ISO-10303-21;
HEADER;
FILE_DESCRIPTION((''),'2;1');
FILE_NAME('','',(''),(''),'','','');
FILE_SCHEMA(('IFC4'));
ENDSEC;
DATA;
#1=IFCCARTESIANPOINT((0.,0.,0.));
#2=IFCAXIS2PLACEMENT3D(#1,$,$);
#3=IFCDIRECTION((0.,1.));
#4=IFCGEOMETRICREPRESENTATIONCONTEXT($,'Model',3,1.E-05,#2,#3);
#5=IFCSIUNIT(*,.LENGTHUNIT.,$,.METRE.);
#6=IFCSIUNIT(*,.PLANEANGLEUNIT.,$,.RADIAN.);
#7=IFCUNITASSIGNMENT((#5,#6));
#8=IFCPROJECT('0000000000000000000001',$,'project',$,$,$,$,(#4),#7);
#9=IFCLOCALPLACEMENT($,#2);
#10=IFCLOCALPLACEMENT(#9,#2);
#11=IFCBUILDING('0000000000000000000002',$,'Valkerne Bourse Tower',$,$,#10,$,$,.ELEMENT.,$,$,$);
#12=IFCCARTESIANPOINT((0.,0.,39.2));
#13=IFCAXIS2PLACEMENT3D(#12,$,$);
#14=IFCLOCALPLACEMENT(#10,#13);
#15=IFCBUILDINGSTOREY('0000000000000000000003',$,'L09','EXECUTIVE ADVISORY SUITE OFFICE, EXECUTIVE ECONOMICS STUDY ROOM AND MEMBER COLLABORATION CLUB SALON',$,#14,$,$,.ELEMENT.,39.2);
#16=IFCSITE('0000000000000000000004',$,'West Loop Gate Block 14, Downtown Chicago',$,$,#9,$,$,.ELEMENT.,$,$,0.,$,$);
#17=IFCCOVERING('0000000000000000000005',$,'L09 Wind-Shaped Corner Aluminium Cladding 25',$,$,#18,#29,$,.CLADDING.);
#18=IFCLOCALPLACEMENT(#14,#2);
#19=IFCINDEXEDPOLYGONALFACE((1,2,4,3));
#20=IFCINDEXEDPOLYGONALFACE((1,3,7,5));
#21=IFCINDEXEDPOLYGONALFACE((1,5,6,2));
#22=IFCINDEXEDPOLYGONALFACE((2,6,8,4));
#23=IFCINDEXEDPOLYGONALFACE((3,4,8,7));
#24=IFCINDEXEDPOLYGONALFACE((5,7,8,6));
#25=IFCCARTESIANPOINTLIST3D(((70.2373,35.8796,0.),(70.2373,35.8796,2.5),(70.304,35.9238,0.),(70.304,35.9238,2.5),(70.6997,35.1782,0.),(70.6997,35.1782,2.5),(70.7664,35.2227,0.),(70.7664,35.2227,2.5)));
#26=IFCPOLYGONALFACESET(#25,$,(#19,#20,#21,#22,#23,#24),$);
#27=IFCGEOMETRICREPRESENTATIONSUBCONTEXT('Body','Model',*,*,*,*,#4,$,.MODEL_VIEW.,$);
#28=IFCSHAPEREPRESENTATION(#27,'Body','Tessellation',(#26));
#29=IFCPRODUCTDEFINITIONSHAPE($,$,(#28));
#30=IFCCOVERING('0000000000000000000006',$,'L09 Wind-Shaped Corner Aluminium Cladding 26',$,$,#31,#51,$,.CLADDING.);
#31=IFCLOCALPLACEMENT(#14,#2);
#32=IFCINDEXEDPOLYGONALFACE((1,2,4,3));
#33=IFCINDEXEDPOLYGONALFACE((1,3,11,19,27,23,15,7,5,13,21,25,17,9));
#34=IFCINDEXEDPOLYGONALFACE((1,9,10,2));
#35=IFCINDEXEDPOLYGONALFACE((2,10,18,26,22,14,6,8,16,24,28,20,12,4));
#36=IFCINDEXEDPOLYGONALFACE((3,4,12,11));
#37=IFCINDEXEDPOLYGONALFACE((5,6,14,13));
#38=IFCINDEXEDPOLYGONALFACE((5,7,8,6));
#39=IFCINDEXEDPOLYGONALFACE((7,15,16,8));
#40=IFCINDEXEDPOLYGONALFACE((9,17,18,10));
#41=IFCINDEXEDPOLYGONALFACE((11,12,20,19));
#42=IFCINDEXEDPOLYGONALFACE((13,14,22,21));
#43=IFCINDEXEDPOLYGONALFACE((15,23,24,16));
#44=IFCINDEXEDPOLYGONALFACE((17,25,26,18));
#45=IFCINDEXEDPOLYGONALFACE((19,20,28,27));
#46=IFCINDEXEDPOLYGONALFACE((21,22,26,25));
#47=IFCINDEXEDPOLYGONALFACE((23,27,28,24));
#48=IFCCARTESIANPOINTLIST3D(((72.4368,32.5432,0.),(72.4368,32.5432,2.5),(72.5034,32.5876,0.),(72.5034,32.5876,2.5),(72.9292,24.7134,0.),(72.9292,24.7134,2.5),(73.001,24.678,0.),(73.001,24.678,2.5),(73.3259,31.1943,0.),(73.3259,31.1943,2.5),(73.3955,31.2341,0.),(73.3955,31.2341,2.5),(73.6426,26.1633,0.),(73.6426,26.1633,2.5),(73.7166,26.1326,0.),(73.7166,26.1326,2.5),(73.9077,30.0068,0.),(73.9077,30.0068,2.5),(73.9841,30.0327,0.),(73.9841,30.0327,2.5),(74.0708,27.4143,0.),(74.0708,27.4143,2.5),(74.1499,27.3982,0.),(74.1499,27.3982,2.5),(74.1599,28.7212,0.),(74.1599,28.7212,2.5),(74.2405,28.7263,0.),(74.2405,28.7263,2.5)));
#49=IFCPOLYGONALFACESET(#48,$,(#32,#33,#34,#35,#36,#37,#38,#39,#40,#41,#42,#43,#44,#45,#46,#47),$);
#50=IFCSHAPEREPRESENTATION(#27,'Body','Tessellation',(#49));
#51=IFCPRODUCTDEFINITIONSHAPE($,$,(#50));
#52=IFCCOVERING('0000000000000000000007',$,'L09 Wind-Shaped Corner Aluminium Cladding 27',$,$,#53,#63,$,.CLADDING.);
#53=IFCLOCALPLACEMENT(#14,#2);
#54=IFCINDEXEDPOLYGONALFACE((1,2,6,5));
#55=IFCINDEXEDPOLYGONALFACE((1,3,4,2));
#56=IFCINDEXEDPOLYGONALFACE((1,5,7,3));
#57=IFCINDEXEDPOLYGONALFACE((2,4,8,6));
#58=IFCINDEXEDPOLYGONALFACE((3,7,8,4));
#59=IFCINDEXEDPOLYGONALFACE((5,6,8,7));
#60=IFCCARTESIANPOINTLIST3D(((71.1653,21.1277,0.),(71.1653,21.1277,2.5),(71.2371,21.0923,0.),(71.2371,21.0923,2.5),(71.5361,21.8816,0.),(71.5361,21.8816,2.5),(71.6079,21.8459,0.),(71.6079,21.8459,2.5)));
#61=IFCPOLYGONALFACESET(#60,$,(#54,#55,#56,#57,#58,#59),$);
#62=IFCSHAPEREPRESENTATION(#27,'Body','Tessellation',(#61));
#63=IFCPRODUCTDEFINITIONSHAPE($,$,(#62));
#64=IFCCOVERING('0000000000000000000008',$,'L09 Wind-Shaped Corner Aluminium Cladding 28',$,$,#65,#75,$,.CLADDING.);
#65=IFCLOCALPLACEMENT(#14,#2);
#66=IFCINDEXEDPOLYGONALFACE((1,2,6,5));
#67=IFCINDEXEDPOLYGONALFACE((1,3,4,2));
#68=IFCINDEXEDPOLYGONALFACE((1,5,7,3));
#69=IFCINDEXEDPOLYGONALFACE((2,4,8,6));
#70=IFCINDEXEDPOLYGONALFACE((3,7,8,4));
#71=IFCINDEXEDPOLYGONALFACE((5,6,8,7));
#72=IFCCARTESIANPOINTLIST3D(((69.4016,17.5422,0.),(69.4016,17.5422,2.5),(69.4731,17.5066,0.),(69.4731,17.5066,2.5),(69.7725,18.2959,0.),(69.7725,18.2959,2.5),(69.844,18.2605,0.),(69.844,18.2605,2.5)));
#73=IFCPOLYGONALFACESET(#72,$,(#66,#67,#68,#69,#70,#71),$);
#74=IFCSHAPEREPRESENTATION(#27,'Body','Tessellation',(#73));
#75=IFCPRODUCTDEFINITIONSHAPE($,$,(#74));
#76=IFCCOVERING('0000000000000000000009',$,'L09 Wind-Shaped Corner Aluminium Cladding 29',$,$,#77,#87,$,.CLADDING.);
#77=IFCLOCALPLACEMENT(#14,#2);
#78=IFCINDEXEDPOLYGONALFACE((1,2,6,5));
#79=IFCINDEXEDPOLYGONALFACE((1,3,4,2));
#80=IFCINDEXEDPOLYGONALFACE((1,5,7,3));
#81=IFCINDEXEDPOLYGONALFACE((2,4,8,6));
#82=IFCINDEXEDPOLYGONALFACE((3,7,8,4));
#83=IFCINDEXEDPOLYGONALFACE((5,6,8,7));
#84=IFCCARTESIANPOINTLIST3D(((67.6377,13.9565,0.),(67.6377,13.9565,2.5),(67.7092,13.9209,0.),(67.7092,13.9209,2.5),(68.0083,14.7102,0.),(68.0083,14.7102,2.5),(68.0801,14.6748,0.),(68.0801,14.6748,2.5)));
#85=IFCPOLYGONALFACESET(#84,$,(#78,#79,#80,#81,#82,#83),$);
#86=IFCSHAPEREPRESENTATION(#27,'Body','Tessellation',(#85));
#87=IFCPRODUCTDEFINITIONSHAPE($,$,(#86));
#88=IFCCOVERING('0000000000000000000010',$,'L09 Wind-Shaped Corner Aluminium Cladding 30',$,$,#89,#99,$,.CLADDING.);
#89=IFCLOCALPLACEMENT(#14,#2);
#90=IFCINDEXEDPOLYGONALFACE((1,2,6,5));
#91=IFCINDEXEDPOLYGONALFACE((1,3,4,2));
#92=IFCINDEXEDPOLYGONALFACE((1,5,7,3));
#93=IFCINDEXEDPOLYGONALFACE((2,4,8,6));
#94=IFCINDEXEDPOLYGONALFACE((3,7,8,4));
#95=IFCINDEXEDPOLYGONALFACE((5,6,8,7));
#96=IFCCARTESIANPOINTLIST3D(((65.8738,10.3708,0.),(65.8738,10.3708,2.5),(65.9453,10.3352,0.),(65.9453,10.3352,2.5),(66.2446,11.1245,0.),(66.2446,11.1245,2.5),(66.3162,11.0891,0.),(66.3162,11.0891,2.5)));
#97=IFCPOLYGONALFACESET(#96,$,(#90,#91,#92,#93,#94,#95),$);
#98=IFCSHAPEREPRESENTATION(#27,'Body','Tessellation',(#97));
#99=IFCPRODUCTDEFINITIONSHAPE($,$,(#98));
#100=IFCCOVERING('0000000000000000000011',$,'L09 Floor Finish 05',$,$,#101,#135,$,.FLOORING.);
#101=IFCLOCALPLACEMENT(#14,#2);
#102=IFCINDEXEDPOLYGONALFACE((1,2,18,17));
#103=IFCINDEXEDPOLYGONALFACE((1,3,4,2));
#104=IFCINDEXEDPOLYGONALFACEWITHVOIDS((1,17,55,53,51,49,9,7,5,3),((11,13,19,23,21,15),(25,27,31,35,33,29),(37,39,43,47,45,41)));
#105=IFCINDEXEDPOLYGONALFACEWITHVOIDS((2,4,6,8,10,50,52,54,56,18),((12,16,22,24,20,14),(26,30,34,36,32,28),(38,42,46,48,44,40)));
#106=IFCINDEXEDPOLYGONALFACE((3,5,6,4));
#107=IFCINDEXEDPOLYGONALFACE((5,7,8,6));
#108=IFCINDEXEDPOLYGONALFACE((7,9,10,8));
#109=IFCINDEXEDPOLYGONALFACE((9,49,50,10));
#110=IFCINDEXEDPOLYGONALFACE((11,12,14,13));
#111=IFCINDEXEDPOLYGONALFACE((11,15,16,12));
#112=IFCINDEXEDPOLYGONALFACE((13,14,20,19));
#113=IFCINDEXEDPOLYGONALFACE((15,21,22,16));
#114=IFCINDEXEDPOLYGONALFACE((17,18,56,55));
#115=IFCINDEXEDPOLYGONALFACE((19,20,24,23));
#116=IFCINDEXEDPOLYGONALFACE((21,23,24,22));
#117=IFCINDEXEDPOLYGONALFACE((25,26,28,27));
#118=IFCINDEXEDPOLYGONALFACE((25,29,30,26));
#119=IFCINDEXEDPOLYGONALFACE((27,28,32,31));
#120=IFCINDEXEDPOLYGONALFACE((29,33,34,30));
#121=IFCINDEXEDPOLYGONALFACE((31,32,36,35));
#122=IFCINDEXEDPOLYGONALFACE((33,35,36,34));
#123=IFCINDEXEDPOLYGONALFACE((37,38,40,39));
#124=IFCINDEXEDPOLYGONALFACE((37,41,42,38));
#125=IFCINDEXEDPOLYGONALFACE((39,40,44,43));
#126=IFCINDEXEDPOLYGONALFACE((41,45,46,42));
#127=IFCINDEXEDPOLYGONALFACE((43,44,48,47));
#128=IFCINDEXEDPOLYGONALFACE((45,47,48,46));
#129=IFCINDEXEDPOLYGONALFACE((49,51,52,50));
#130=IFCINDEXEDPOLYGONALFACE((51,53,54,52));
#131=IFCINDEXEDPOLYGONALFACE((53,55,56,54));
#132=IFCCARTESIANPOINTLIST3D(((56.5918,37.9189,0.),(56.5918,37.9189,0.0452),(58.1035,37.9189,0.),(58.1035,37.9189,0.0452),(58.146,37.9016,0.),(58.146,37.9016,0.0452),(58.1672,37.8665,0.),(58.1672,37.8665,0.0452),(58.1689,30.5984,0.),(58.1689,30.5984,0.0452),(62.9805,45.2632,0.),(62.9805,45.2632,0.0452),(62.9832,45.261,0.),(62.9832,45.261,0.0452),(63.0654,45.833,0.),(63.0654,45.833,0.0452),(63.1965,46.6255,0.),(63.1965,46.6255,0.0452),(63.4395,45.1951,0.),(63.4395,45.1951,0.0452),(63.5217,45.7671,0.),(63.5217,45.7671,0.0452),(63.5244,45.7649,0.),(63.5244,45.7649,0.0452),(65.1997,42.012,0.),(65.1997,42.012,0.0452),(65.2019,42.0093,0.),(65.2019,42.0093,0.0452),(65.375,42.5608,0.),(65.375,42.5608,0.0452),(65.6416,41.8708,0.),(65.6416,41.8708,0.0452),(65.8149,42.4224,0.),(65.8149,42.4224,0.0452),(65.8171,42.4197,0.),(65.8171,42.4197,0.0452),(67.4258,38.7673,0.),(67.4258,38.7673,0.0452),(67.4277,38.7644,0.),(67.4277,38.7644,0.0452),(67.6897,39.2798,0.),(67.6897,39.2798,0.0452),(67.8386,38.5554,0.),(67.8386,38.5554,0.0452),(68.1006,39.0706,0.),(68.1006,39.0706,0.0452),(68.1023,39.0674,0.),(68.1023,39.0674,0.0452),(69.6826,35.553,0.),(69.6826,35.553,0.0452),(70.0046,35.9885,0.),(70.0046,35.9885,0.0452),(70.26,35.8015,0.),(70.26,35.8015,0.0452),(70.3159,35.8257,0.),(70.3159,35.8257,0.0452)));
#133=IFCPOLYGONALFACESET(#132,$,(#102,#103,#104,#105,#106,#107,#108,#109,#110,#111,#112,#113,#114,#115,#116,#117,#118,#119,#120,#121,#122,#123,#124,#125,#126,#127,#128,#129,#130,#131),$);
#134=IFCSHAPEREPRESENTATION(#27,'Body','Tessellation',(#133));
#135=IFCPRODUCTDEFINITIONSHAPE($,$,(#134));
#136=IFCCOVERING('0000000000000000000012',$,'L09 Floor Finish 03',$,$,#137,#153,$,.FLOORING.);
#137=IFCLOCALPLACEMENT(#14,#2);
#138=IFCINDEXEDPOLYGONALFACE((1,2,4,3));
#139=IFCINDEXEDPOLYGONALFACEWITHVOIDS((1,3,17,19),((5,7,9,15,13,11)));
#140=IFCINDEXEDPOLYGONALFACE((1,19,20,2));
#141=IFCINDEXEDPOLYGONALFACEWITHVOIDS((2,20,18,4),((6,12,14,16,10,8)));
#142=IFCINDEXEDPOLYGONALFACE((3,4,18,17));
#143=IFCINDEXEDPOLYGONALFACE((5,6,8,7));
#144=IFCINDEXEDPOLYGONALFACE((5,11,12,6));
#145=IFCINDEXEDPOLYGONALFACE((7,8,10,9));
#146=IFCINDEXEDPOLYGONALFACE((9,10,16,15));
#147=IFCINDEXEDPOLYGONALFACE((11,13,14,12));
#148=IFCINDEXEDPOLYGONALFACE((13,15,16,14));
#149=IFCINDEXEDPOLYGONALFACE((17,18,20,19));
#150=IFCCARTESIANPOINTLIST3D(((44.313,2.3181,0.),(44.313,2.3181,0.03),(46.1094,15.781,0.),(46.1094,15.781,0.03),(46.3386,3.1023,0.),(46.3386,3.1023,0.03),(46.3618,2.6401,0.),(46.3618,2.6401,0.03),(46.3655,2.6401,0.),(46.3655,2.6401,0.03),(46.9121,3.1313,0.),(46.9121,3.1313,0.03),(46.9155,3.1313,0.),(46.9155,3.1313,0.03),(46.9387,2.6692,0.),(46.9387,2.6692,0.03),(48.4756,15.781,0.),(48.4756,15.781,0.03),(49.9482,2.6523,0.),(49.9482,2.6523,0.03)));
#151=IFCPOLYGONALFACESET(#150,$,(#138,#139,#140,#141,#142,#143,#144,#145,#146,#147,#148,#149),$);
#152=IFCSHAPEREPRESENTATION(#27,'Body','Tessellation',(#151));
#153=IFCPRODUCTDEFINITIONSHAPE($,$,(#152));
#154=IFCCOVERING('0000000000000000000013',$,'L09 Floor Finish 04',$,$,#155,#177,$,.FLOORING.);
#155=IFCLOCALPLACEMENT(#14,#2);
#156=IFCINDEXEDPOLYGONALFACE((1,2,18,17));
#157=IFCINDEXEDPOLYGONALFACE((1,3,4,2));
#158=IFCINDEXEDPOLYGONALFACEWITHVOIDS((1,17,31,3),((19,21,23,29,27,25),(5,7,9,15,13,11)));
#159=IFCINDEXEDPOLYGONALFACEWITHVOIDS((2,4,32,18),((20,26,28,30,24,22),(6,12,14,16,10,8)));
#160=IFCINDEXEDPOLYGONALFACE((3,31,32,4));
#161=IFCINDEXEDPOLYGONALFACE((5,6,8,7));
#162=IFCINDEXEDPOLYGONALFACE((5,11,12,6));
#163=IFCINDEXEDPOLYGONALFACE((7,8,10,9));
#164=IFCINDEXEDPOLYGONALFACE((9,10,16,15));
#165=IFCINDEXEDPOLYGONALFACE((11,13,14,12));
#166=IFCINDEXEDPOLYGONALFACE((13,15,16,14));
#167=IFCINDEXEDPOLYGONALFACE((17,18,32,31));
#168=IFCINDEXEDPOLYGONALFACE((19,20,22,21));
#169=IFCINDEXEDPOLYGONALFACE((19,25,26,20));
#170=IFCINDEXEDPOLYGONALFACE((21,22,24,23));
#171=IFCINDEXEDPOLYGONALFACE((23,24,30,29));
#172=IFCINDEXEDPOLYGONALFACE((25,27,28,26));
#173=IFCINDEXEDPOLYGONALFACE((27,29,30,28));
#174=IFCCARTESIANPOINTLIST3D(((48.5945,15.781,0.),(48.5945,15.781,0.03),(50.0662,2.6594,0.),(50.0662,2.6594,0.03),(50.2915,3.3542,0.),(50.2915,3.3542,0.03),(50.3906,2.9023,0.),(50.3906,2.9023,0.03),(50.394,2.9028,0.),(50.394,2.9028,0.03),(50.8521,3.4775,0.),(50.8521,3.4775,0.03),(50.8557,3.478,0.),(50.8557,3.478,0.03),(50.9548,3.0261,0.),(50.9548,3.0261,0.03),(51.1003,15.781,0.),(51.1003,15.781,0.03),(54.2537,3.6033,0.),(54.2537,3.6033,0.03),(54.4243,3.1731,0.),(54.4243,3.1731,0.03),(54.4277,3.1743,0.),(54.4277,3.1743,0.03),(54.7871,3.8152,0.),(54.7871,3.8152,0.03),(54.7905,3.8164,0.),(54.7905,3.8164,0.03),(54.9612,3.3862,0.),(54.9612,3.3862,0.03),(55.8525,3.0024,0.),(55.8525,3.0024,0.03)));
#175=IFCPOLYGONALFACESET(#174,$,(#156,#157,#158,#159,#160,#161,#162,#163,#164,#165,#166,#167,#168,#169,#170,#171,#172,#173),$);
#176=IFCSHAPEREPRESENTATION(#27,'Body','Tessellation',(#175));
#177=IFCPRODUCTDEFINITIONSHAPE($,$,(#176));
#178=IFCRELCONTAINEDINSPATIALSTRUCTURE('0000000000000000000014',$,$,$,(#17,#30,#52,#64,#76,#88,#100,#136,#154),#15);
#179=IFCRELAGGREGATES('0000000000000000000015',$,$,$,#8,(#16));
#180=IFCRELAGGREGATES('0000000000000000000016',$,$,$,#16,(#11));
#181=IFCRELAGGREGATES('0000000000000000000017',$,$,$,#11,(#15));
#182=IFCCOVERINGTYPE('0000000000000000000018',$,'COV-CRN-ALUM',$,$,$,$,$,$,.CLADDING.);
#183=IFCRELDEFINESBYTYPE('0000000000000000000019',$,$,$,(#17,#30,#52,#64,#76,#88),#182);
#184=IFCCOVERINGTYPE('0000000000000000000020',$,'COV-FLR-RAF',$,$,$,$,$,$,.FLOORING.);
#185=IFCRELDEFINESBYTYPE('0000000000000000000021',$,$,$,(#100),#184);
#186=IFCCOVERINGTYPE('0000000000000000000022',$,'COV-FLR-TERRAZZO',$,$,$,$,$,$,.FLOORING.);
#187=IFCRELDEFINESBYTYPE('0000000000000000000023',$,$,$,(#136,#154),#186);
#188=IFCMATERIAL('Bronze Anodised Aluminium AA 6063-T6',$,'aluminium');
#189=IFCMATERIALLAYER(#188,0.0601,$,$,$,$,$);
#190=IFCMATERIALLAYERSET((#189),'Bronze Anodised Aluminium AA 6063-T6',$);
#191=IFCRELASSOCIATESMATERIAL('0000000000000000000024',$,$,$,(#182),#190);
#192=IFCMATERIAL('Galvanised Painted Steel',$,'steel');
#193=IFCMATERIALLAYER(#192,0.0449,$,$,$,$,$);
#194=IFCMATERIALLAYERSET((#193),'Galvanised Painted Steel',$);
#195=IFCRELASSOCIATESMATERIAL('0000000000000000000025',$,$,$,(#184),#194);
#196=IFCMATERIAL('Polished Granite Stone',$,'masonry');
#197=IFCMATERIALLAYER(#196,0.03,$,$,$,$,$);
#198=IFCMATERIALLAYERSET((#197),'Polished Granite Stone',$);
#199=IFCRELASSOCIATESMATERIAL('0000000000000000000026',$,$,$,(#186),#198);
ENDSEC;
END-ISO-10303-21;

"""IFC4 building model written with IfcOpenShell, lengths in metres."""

from ifc_helpers import new_model, si_unit, direction, frame, origin, place, context, subcontext, project, spatial, polyline, outline, extrude, material, layer, layer_set, type_object, element, save


model = new_model("IFC4")

# Units and contexts
model_context = context("Model", 3, precision=1e-05, world=origin(), true_north=direction((0.0, 1.0)))
body_context = subcontext(model_context, "Body", "Model", "MODEL_VIEW")
ifc_project = project(units=[si_unit("LENGTHUNIT", "METRE"), si_unit("PLANEANGLEUNIT", "RADIAN")], contexts=[model_context])

# Site, building, storey
site_placement = place(None, origin())
site = spatial("IfcSite", under=ifc_project, at=site_placement, Name="West Loop Gate Block 14, Downtown Chicago", CompositionType="ELEMENT", RefElevation=0.0)
building_placement = place(site_placement, origin())
building = spatial("IfcBuilding", under=site, at=building_placement, Name="Valkerne Bourse Tower", CompositionType="ELEMENT")
storey_placement = place(building_placement, frame((0.0, 0.0, 39.2)))
storey = spatial("IfcBuildingStorey", under=building, at=storey_placement, Name="L09", Description="EXECUTIVE ADVISORY SUITE OFFICE, EXECUTIVE ECONOMICS STUDY ROOM AND MEMBER COLLABORATION CLUB SALON", CompositionType="ELEMENT", Elevation=39.2)

# Coverings
ifc_material_1 = material(Name="Bronze Anodised Aluminium AA 6063-T6", Category="aluminium")
ifc_layer_1 = layer(ifc_material_1, 0.0601)
ifc_layer_set_1 = layer_set([ifc_layer_1], Name="Bronze Anodised Aluminium AA 6063-T6")
covering_type_1 = type_object("IfcCoveringType", Name="COV-CRN-ALUM", PredefinedType="CLADDING", material=ifc_layer_set_1)
covering_1_placement = place(storey_placement, origin())
element("IfcCovering", 1, at=covering_1_placement, inside=storey, type_object=covering_type_1, Name="L09 Wind-Shaped Corner Aluminium Cladding 25", PredefinedType="CLADDING", context=body_context, shape_type="SweptSolid", body=[
    extrude(outline(polyline([(70.7664, 35.2227), (70.6997, 35.1782), (70.2373, 35.8796), (70.304, 35.9238), (70.7664, 35.2227)])), origin(), (0.0, 0.0, 1.0), 2.5),
])
covering_2_placement = place(storey_placement, origin())
element("IfcCovering", 2, at=covering_2_placement, inside=storey, type_object=covering_type_1, Name="L09 Wind-Shaped Corner Aluminium Cladding 26", PredefinedType="CLADDING", context=body_context, shape_type="SweptSolid", body=[
    extrude(outline(polyline([(73.3955, 31.2341), (73.9841, 30.0327), (74.2405, 28.7263), (74.1499, 27.3982), (73.7166, 26.1326), (73.001, 24.678), (72.9292, 24.7134), (73.6426, 26.1633), (74.0708, 27.4143), (74.1599, 28.7212), (73.9077, 30.0068), (73.3259, 31.1943), (72.4368, 32.5432), (72.5034, 32.5876), (73.3955, 31.2341)])), origin(), (0.0, 0.0, 1.0), 2.5),
])
covering_3_placement = place(storey_placement, origin())
element("IfcCovering", 3, at=covering_3_placement, inside=storey, type_object=covering_type_1, Name="L09 Wind-Shaped Corner Aluminium Cladding 27", PredefinedType="CLADDING", context=body_context, shape_type="SweptSolid", body=[
    extrude(outline(polyline([(71.2371, 21.0923), (71.1653, 21.1277), (71.5361, 21.8816), (71.6079, 21.8459), (71.2371, 21.0923)])), origin(), (0.0, 0.0, 1.0), 2.5),
])
covering_4_placement = place(storey_placement, origin())
element("IfcCovering", 4, at=covering_4_placement, inside=storey, type_object=covering_type_1, Name="L09 Wind-Shaped Corner Aluminium Cladding 28", PredefinedType="CLADDING", context=body_context, shape_type="SweptSolid", body=[
    extrude(outline(polyline([(69.4731, 17.5066), (69.4016, 17.5422), (69.7725, 18.2959), (69.844, 18.2605), (69.4731, 17.5066)])), origin(), (0.0, 0.0, 1.0), 2.5),
])
covering_5_placement = place(storey_placement, origin())
element("IfcCovering", 5, at=covering_5_placement, inside=storey, type_object=covering_type_1, Name="L09 Wind-Shaped Corner Aluminium Cladding 29", PredefinedType="CLADDING", context=body_context, shape_type="SweptSolid", body=[
    extrude(outline(polyline([(67.7092, 13.9209), (67.6377, 13.9565), (68.0083, 14.7102), (68.0801, 14.6748), (67.7092, 13.9209)])), origin(), (0.0, 0.0, 1.0), 2.5),
])
covering_6_placement = place(storey_placement, origin())
element("IfcCovering", 6, at=covering_6_placement, inside=storey, type_object=covering_type_1, Name="L09 Wind-Shaped Corner Aluminium Cladding 30", PredefinedType="CLADDING", context=body_context, shape_type="SweptSolid", body=[
    extrude(outline(polyline([(65.9453, 10.3352), (65.8738, 10.3708), (66.2446, 11.1245), (66.3162, 11.0891), (65.9453, 10.3352)])), origin(), (0.0, 0.0, 1.0), 2.5),
])
ifc_material_2 = material(Name="Galvanised Painted Steel", Category="steel")
ifc_layer_2 = layer(ifc_material_2, 0.0449)
ifc_layer_set_2 = layer_set([ifc_layer_2], Name="Galvanised Painted Steel")
covering_type_2 = type_object("IfcCoveringType", Name="COV-FLR-RAF", PredefinedType="FLOORING", material=ifc_layer_set_2)
covering_7_placement = place(storey_placement, origin())
element("IfcCovering", 7, at=covering_7_placement, inside=storey, type_object=covering_type_2, Name="L09 Floor Finish 05", PredefinedType="FLOORING", context=body_context, shape_type="SweptSolid", body=[
    extrude(outline(polyline([(58.1672, 37.8665), (58.146, 37.9016), (58.1035, 37.9189), (56.5918, 37.9189), (63.1965, 46.6255), (70.3159, 35.8257), (70.26, 35.8015), (70.0046, 35.9885), (69.6826, 35.553), (58.1689, 30.5984), (58.1672, 37.8665)]), holes=[polyline([(68.1023, 39.0674), (68.1006, 39.0706), (67.6897, 39.2798), (67.4258, 38.7673), (67.4277, 38.7644), (67.8386, 38.5554), (68.1023, 39.0674)]), polyline([(65.8171, 42.4197), (65.8149, 42.4224), (65.375, 42.5608), (65.1997, 42.012), (65.2019, 42.0093), (65.6416, 41.8708), (65.8171, 42.4197)]), polyline([(63.5217, 45.7671), (63.0654, 45.833), (62.9805, 45.2632), (62.9832, 45.261), (63.4395, 45.1951), (63.5244, 45.7649), (63.5217, 45.7671)])]), origin(), (0.0, 0.0, 1.0), 0.0452),
])
ifc_material_3 = material(Name="Polished Granite Stone", Category="masonry")
ifc_layer_3 = layer(ifc_material_3, 0.03)
ifc_layer_set_3 = layer_set([ifc_layer_3], Name="Polished Granite Stone")
covering_type_3 = type_object("IfcCoveringType", Name="COV-FLR-TERRAZZO", PredefinedType="FLOORING", material=ifc_layer_set_3)
covering_8_placement = place(storey_placement, origin())
element("IfcCovering", 8, at=covering_8_placement, inside=storey, type_object=covering_type_3, Name="L09 Floor Finish 03", PredefinedType="FLOORING", context=body_context, shape_type="SweptSolid", body=[
    extrude(outline(polyline([(48.4756, 15.781), (49.9482, 2.6523), (44.313, 2.3181), (46.1094, 15.781), (48.4756, 15.781)]), holes=[polyline([(46.9387, 2.6692), (46.9155, 3.1313), (46.9121, 3.1313), (46.3386, 3.1023), (46.3618, 2.6401), (46.3655, 2.6401), (46.9387, 2.6692)])]), origin(), (0.0, 0.0, 1.0), 0.03),
])
covering_9_placement = place(storey_placement, origin())
element("IfcCovering", 9, at=covering_9_placement, inside=storey, type_object=covering_type_3, Name="L09 Floor Finish 04", PredefinedType="FLOORING", context=body_context, shape_type="SweptSolid", body=[
    extrude(outline(polyline([(51.1003, 15.781), (55.8525, 3.0024), (50.0662, 2.6594), (48.5945, 15.781), (51.1003, 15.781)]), holes=[polyline([(50.394, 2.9028), (50.9548, 3.0261), (50.8557, 3.478), (50.8521, 3.4775), (50.2915, 3.3542), (50.3906, 2.9023), (50.394, 2.9028)]), polyline([(54.9612, 3.3862), (54.7905, 3.8164), (54.7871, 3.8152), (54.2537, 3.6033), (54.4243, 3.1731), (54.4277, 3.1743), (54.9612, 3.3862)])]), origin(), (0.0, 0.0, 1.0), 0.03),
])

save(model, "model.ifc")
